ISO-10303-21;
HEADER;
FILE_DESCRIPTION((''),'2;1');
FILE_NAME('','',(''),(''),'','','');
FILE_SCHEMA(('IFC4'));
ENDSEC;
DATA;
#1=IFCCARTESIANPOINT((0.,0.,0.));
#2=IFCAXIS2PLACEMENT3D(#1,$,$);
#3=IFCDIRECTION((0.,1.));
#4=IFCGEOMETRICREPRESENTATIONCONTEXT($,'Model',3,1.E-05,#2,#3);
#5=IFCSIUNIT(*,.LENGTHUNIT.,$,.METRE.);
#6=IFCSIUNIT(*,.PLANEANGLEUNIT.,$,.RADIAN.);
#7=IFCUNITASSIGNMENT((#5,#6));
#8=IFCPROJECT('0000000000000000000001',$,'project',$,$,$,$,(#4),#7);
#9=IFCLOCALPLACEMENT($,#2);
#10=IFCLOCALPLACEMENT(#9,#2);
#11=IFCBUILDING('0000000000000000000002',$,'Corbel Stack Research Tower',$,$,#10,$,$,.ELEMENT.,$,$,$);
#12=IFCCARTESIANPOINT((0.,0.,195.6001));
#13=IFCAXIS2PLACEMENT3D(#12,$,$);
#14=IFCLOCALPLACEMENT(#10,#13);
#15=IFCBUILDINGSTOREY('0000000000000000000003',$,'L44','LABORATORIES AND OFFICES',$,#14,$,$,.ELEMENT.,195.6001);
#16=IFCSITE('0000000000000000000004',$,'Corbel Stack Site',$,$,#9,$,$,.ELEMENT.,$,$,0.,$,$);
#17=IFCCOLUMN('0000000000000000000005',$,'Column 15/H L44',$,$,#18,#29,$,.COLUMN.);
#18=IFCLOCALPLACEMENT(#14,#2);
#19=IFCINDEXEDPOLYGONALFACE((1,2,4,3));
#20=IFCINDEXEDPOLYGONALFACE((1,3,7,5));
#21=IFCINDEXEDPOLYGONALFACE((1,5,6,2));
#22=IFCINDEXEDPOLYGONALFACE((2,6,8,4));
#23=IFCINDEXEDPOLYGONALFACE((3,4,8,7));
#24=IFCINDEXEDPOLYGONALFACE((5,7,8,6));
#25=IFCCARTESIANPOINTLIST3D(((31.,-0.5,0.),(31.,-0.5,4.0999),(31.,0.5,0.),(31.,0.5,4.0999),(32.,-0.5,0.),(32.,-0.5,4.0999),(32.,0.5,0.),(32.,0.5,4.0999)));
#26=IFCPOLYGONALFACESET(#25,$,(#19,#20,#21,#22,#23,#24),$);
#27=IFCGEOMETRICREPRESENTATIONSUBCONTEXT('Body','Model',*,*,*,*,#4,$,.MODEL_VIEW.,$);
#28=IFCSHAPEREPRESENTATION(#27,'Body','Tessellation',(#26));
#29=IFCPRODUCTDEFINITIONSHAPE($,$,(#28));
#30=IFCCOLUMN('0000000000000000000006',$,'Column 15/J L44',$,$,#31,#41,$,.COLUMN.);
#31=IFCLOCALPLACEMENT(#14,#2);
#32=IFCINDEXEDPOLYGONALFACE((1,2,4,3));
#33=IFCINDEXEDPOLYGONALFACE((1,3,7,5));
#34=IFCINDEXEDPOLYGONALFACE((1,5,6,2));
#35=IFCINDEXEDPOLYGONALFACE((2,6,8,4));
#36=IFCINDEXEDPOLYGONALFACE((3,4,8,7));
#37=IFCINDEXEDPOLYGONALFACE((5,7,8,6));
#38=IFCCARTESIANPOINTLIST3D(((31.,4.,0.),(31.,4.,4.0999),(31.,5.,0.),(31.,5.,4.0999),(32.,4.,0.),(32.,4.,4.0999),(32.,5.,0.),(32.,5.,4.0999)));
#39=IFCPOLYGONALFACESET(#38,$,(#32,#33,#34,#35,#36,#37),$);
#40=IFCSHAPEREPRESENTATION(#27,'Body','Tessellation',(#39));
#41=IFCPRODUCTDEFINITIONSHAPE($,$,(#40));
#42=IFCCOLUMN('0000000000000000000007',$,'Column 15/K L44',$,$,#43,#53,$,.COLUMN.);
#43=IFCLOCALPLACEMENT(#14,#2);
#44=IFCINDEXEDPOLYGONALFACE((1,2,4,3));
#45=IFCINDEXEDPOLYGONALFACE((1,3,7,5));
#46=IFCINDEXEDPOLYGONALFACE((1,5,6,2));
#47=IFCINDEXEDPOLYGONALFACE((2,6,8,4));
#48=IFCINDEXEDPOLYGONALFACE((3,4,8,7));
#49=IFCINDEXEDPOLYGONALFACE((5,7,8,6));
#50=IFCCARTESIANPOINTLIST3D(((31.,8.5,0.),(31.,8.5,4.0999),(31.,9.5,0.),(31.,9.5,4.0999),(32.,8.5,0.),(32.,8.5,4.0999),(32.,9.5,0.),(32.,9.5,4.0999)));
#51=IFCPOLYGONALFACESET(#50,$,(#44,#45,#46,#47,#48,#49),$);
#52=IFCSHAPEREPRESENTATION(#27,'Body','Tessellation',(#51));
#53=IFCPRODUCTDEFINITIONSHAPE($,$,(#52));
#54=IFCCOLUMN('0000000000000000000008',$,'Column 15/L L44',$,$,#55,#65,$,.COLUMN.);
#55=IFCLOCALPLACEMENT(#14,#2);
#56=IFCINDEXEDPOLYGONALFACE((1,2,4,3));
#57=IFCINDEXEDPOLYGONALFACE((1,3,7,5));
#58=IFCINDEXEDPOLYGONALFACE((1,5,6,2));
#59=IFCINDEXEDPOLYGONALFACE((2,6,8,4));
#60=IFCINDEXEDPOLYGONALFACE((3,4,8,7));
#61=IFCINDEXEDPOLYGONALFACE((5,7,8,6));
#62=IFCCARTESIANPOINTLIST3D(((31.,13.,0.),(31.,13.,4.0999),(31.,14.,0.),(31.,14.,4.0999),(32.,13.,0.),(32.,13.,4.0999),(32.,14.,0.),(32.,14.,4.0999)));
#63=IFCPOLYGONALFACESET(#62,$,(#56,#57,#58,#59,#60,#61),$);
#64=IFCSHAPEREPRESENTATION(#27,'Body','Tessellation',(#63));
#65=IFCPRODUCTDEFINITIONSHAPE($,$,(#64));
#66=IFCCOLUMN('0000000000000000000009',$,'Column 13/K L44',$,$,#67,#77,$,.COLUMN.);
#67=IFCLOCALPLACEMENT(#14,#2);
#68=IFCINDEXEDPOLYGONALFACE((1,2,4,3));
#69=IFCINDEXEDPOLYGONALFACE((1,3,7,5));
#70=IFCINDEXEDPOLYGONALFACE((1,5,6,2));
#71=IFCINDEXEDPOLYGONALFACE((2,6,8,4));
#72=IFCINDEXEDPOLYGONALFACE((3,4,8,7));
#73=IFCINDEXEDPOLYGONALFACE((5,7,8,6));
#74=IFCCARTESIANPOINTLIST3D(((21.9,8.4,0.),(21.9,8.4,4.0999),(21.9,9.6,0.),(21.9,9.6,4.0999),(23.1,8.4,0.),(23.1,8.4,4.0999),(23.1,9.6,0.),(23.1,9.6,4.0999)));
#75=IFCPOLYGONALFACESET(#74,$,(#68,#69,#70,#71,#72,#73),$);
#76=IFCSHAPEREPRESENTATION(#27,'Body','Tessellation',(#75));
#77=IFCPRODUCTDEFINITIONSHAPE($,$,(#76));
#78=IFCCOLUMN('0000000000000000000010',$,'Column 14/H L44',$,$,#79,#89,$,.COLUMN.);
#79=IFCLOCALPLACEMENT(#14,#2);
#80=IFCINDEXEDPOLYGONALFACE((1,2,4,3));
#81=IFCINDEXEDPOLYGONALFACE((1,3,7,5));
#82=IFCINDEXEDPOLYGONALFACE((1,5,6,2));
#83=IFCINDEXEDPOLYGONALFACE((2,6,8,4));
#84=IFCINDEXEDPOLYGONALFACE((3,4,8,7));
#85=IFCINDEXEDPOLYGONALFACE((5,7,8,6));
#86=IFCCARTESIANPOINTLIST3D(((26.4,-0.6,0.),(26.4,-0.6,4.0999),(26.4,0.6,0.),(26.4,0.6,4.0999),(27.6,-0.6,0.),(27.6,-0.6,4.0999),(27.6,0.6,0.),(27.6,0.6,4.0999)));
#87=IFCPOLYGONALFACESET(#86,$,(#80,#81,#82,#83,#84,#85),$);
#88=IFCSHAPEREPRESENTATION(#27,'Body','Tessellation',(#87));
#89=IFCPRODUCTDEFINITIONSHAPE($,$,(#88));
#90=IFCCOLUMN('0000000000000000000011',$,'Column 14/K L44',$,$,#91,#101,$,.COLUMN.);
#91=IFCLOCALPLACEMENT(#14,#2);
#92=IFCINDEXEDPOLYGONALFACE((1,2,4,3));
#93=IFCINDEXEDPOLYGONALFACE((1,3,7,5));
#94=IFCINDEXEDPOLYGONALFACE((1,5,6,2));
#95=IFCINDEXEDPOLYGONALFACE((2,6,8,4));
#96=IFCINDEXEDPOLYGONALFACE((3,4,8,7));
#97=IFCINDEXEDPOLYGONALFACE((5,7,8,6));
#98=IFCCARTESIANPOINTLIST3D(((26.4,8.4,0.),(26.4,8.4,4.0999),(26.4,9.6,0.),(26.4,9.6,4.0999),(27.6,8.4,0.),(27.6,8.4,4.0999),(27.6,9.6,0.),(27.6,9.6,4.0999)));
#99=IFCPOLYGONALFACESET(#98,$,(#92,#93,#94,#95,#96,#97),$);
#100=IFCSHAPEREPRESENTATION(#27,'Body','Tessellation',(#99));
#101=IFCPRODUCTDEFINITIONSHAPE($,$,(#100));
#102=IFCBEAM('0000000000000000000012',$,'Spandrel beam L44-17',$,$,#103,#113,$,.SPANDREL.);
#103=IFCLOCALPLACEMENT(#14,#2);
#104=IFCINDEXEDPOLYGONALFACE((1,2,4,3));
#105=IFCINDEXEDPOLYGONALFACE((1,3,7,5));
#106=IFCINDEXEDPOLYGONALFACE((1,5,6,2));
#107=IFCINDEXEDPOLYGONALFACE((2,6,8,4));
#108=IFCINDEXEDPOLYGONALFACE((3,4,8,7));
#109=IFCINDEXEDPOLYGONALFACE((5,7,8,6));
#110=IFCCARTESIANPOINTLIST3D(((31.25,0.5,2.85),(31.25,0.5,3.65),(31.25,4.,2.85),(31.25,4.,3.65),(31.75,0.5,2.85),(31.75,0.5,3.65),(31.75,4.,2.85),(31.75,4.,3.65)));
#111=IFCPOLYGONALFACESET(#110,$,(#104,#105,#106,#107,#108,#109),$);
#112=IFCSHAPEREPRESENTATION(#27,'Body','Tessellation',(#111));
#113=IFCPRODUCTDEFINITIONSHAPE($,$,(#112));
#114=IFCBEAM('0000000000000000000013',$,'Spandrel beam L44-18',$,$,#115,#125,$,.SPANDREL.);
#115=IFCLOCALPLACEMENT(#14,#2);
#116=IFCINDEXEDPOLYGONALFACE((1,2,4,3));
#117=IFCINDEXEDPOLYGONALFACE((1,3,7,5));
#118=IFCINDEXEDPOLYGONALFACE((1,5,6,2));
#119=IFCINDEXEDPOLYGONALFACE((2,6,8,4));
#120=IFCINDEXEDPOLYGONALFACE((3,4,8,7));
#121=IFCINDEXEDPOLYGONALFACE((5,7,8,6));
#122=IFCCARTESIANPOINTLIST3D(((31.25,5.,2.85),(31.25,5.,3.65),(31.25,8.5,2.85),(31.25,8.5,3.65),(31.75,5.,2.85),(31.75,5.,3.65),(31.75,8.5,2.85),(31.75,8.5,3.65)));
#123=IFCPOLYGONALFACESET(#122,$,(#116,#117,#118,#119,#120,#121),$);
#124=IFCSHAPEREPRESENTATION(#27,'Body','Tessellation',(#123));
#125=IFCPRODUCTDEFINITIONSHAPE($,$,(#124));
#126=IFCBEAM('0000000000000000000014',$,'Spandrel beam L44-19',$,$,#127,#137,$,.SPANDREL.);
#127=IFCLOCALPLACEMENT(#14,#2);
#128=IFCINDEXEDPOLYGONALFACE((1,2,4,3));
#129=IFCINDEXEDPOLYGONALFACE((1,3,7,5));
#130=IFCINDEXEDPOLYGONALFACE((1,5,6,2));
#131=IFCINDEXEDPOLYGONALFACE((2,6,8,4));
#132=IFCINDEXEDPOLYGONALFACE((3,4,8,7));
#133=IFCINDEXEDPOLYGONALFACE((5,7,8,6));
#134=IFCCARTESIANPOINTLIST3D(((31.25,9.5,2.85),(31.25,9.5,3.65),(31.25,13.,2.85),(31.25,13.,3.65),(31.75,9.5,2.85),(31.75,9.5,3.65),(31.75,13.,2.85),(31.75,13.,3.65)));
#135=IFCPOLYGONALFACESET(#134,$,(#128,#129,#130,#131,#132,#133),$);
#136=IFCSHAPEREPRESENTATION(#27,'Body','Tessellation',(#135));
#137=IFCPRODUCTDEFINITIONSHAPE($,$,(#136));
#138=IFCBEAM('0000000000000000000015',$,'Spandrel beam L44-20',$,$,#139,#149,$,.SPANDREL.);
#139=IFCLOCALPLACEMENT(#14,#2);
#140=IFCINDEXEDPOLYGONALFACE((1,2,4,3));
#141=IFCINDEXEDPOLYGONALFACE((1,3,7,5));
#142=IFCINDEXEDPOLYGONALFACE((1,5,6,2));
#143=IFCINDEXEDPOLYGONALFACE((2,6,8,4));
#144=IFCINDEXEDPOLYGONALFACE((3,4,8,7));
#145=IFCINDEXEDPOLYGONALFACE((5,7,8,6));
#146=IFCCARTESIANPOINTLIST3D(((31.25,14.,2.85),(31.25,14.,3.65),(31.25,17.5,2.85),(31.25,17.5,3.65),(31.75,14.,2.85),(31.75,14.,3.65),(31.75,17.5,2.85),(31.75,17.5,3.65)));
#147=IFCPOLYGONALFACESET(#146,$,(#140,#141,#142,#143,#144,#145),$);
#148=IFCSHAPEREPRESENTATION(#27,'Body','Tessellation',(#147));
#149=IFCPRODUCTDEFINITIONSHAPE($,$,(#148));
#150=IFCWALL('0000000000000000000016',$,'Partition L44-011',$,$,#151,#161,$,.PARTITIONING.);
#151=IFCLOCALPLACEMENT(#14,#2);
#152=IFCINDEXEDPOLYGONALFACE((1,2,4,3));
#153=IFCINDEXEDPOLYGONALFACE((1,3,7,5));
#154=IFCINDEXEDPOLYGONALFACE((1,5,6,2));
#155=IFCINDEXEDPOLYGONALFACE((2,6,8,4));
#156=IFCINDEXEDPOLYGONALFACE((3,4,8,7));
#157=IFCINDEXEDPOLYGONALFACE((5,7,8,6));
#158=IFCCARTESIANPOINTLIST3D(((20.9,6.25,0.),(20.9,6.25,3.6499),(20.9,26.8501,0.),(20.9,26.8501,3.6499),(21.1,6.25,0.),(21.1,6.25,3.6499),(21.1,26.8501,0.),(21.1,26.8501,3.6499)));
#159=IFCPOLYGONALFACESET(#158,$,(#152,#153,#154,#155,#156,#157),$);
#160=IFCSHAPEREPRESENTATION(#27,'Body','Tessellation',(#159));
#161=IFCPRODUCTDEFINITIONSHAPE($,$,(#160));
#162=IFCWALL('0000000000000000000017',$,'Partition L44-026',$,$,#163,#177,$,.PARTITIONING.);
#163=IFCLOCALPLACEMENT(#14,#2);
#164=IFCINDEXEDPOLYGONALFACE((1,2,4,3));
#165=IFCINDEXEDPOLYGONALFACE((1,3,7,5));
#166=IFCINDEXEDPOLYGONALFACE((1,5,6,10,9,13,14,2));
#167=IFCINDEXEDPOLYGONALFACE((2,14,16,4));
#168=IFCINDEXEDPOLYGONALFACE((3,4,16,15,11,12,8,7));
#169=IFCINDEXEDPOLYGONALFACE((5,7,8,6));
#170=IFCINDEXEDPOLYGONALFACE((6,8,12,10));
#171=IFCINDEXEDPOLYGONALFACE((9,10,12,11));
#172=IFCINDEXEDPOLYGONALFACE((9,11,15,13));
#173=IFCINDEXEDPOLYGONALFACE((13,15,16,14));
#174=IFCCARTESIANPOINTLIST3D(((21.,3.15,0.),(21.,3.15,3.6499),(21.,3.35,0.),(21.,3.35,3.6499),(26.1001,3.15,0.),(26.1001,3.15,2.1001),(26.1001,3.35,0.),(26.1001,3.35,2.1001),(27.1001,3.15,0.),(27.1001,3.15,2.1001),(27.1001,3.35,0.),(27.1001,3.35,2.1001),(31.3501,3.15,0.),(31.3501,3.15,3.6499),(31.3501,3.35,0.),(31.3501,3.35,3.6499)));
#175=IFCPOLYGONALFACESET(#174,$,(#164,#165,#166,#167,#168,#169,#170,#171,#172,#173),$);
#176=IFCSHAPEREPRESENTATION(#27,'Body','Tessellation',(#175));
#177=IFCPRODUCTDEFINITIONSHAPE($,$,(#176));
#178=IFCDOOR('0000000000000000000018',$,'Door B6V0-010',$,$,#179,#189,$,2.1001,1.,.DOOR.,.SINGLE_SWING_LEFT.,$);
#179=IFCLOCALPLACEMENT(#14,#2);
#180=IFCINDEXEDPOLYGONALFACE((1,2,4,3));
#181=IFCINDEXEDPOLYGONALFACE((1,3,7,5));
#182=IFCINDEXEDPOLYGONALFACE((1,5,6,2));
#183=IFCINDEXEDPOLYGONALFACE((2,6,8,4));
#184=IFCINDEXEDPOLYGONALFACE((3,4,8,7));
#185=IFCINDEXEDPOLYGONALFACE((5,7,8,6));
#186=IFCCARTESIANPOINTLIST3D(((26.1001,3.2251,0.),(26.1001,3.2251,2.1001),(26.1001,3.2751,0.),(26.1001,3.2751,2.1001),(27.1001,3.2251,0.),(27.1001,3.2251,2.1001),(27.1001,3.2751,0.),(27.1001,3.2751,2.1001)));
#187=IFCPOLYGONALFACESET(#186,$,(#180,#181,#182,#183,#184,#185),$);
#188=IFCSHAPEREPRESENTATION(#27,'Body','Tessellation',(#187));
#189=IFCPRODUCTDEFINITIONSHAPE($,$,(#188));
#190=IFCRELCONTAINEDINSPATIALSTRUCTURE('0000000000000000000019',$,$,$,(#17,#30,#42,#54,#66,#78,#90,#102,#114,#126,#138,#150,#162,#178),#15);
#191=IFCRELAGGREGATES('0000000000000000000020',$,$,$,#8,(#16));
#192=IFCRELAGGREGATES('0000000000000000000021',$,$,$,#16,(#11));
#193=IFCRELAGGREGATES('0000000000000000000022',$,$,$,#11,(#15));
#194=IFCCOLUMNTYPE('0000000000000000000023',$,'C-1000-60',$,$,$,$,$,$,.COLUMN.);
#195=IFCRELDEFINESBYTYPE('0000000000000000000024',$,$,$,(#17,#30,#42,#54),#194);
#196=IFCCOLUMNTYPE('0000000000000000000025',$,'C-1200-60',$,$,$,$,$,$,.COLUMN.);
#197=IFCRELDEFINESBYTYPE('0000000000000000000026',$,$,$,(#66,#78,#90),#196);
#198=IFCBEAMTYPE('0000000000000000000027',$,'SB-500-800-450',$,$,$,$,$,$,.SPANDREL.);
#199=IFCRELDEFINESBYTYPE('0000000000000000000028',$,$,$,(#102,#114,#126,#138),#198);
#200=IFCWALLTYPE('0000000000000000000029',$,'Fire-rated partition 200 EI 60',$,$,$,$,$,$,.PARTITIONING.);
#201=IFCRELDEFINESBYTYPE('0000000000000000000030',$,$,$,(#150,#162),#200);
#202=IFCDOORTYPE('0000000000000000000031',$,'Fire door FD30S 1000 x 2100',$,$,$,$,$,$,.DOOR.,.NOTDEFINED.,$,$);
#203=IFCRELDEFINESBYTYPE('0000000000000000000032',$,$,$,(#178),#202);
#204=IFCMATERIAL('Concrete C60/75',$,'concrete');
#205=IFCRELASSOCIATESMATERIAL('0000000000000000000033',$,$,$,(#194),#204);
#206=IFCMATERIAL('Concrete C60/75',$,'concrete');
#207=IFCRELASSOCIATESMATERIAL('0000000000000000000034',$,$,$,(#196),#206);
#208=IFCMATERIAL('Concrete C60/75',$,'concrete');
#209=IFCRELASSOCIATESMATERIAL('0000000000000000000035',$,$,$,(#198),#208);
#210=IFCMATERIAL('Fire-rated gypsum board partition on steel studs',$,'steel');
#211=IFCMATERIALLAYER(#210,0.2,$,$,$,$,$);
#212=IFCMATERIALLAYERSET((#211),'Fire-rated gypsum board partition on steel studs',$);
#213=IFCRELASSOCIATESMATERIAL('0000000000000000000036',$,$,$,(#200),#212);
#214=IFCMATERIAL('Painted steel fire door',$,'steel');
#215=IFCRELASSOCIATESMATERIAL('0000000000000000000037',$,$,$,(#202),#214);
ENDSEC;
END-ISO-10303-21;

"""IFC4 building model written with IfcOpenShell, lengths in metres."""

from ifc_helpers import new_model, si_unit, direction, frame, frame_2d, origin, origin_2d, place, context, subcontext, project, spatial, rectangle, extrude, material, layer, layer_set, material_profile, profile_set, type_object, element, fill, save


model = new_model("IFC4")

# Units and contexts
model_context = context("Model", 3, precision=1e-05, world=origin(), true_north=direction((0.0, 1.0)))
body_context = subcontext(model_context, "Body", "Model", "MODEL_VIEW")
ifc_project = project(units=[si_unit("LENGTHUNIT", "METRE"), si_unit("PLANEANGLEUNIT", "RADIAN")], contexts=[model_context])

# Site, building, storey
site_placement = place(None, origin())
site = spatial("IfcSite", under=ifc_project, at=site_placement, Name="Corbel Stack Site", CompositionType="ELEMENT", RefElevation=0.0)
building_placement = place(site_placement, origin())
building = spatial("IfcBuilding", under=site, at=building_placement, Name="Corbel Stack Research Tower", CompositionType="ELEMENT")
storey_placement = place(building_placement, frame((0.0, 0.0, 195.6001)))
storey = spatial("IfcBuildingStorey", under=building, at=storey_placement, Name="L44", Description="LABORATORIES AND OFFICES", CompositionType="ELEMENT", Elevation=195.6001)

# Columns
ifc_material_1 = material(Name="Concrete C60/75", Category="concrete")
ifc_material_profile_1 = material_profile(ifc_material_1, rectangle(XDim=1.0, YDim=1.0, at=origin_2d()), Name="RC 1000 x 1000")
ifc_profile_set_1 = profile_set([ifc_material_profile_1], Name="Concrete C60/75")
column_type_1 = type_object("IfcColumnType", Name="C-1000-60", PredefinedType="COLUMN", material=ifc_profile_set_1)
for number, where, z_axis, x_axis, name in (
    (1, (31.5, 0.0, 0.0), (0.0, 0.0, 1.0), (1.0, 0.0, 0.0), "Column 15/H L44"),
    (2, (31.5, 4.5, 0.0), (0.0, 0.0, 1.0), (1.0, 0.0, 0.0), "Column 15/J L44"),
    (3, (31.5, 9.0, 0.0), (0.0, 0.0, 1.0), (1.0, 0.0, 0.0), "Column 15/K L44"),
    (4, (31.5, 13.5, 0.0), (0.0, 0.0, 1.0), (1.0, 0.0, 0.0), "Column 15/L L44"),
):
    element("IfcColumn", number, at=place(storey_placement, frame(where, z_axis=z_axis, x_axis=x_axis)), inside=storey, type_object=column_type_1, Name=name, PredefinedType="COLUMN", context=body_context, shape_type="SweptSolid", body=[
        extrude(rectangle(XDim=1.0, YDim=1.0, at=origin_2d()), origin(), (0.0, 0.0, 1.0), 4.0999),
    ])
ifc_material_2 = material(Name="Concrete C60/75", Category="concrete")
ifc_material_profile_2 = material_profile(ifc_material_2, rectangle(XDim=1.2, YDim=1.2, at=origin_2d()), Name="RC 1200 x 1200")
ifc_profile_set_2 = profile_set([ifc_material_profile_2], Name="Concrete C60/75")
column_type_2 = type_object("IfcColumnType", Name="C-1200-60", PredefinedType="COLUMN", material=ifc_profile_set_2)
for number, where, z_axis, x_axis, name in (
    (5, (22.5, 9.0, 0.0), (0.0, 0.0, 1.0), (1.0, 0.0, 0.0), "Column 13/K L44"),
    (6, (27.0, 0.0, 0.0), (0.0, 0.0, 1.0), (1.0, 0.0, 0.0), "Column 14/H L44"),
    (7, (27.0, 9.0, 0.0), (0.0, 0.0, 1.0), (1.0, 0.0, 0.0), "Column 14/K L44"),
):
    element("IfcColumn", number, at=place(storey_placement, frame(where, z_axis=z_axis, x_axis=x_axis)), inside=storey, type_object=column_type_2, Name=name, PredefinedType="COLUMN", context=body_context, shape_type="SweptSolid", body=[
        extrude(rectangle(XDim=1.2, YDim=1.2, at=origin_2d()), origin(), (0.0, 0.0, 1.0), 4.0999),
    ])

# Beams
ifc_material_3 = material(Name="Concrete C60/75", Category="concrete")
ifc_material_profile_3 = material_profile(ifc_material_3, rectangle(XDim=0.5, YDim=0.8, at=origin_2d()), Name="RC 500 x 800")
ifc_profile_set_3 = profile_set([ifc_material_profile_3], Name="Concrete C60/75")
beam_type = type_object("IfcBeamType", Name="SB-500-800-450", PredefinedType="SPANDREL", material=ifc_profile_set_3)
for number, where, z_axis, x_axis, name in (
    (8, (31.5, 0.5, 3.25), (0.0, 1.0, 0.0), (-1.0, 0.0, 0.0), "Spandrel beam L44-17"),
    (9, (31.5, 5.0, 3.25), (0.0, 1.0, 0.0), (-1.0, 0.0, 0.0), "Spandrel beam L44-18"),
    (10, (31.5, 9.5, 3.25), (0.0, 1.0, 0.0), (-1.0, 0.0, 0.0), "Spandrel beam L44-19"),
    (11, (31.5, 14.0, 3.25), (0.0, 1.0, 0.0), (-1.0, 0.0, 0.0), "Spandrel beam L44-20"),
):
    element("IfcBeam", number, at=place(storey_placement, frame(where, z_axis=z_axis, x_axis=x_axis)), inside=storey, type_object=beam_type, Name=name, PredefinedType="SPANDREL", context=body_context, shape_type="SweptSolid", body=[
        extrude(rectangle(XDim=0.5, YDim=0.8, at=origin_2d()), origin(), (0.0, 0.0, 1.0), 3.5),
    ])

# Wall
ifc_material_4 = material(Name="Fire-rated gypsum board partition on steel studs", Category="steel")
ifc_layer_1 = layer(ifc_material_4, 0.2)
ifc_layer_set_1 = layer_set([ifc_layer_1], Name="Fire-rated gypsum board partition on steel studs")
wall_type_1 = type_object("IfcWallType", Name="Fire-rated partition 200 EI 60", PredefinedType="PARTITIONING", material=ifc_layer_set_1)
wall_1_placement = place(storey_placement, frame((21.0, 6.25, 0.0), z_axis=(0.0, 0.0, 1.0), x_axis=(0.0, 1.0, 0.0)))
element("IfcWall", 12, at=wall_1_placement, inside=storey, type_object=wall_type_1, Name="Partition L44-011", PredefinedType="PARTITIONING", context=body_context, shape_type="SweptSolid", body=[
    extrude(rectangle(XDim=20.6001, YDim=0.2, at=frame_2d((10.3, 0.0))), origin(), (0.0, 0.0, 1.0), 3.6499),
])

# Wall, opening, door
wall_2_placement = place(storey_placement, frame((31.3501, 3.25, 0.0), z_axis=(0.0, 0.0, 1.0), x_axis=(-1.0, 0.0, 0.0)))
wall_2 = element("IfcWall", 13, at=wall_2_placement, inside=storey, type_object=wall_type_1, Name="Partition L44-026", PredefinedType="PARTITIONING", context=body_context, shape_type="SweptSolid", body=[
    extrude(rectangle(XDim=10.3501, YDim=0.2, at=frame_2d((5.175, 0.0))), origin(), (0.0, 0.0, 1.0), 3.6499),
])
opening_1_placement = place(wall_2_placement, frame((4.25, 0.0, 0.0)))
opening_1 = element("IfcOpeningElement", 14, at=opening_1_placement, cuts=wall_2, PredefinedType="OPENING", context=body_context, shape_type="SweptSolid", body=[
    extrude(rectangle(XDim=1.0, YDim=2.1001, at=frame_2d((0.5, 1.05))), frame((0.0, 0.1099, 0.0), z_axis=(0.0, -1.0, 0.0), x_axis=(1.0, 0.0, 0.0)), (0.0, 0.0, 1.0), 0.22),
])
ifc_material_5 = material(Name="Painted steel fire door", Category="steel")
door_type_1 = type_object("IfcDoorType", Name="Fire door FD30S 1000 x 2100", OperationType="NOTDEFINED", PredefinedType="DOOR", material=ifc_material_5)
door_1_placement = place(opening_1_placement, origin())
door_1 = element("IfcDoor", 15, at=door_1_placement, inside=storey, type_object=door_type_1, Name="Door B6V0-010", OperationType="SINGLE_SWING_LEFT", OverallHeight=2.1001, OverallWidth=1.0, PredefinedType="DOOR", context=body_context, shape_type="SweptSolid", body=[
    extrude(rectangle(XDim=1.0, YDim=2.1001, at=frame_2d((0.5, 1.05))), frame((0.0, 0.0249, 0.0), z_axis=(0.0, -1.0, 0.0), x_axis=(1.0, 0.0, 0.0)), (0.0, 0.0, 1.0), 0.05),
])
fill(opening_1, door_1)

save(model, "model.ifc")
